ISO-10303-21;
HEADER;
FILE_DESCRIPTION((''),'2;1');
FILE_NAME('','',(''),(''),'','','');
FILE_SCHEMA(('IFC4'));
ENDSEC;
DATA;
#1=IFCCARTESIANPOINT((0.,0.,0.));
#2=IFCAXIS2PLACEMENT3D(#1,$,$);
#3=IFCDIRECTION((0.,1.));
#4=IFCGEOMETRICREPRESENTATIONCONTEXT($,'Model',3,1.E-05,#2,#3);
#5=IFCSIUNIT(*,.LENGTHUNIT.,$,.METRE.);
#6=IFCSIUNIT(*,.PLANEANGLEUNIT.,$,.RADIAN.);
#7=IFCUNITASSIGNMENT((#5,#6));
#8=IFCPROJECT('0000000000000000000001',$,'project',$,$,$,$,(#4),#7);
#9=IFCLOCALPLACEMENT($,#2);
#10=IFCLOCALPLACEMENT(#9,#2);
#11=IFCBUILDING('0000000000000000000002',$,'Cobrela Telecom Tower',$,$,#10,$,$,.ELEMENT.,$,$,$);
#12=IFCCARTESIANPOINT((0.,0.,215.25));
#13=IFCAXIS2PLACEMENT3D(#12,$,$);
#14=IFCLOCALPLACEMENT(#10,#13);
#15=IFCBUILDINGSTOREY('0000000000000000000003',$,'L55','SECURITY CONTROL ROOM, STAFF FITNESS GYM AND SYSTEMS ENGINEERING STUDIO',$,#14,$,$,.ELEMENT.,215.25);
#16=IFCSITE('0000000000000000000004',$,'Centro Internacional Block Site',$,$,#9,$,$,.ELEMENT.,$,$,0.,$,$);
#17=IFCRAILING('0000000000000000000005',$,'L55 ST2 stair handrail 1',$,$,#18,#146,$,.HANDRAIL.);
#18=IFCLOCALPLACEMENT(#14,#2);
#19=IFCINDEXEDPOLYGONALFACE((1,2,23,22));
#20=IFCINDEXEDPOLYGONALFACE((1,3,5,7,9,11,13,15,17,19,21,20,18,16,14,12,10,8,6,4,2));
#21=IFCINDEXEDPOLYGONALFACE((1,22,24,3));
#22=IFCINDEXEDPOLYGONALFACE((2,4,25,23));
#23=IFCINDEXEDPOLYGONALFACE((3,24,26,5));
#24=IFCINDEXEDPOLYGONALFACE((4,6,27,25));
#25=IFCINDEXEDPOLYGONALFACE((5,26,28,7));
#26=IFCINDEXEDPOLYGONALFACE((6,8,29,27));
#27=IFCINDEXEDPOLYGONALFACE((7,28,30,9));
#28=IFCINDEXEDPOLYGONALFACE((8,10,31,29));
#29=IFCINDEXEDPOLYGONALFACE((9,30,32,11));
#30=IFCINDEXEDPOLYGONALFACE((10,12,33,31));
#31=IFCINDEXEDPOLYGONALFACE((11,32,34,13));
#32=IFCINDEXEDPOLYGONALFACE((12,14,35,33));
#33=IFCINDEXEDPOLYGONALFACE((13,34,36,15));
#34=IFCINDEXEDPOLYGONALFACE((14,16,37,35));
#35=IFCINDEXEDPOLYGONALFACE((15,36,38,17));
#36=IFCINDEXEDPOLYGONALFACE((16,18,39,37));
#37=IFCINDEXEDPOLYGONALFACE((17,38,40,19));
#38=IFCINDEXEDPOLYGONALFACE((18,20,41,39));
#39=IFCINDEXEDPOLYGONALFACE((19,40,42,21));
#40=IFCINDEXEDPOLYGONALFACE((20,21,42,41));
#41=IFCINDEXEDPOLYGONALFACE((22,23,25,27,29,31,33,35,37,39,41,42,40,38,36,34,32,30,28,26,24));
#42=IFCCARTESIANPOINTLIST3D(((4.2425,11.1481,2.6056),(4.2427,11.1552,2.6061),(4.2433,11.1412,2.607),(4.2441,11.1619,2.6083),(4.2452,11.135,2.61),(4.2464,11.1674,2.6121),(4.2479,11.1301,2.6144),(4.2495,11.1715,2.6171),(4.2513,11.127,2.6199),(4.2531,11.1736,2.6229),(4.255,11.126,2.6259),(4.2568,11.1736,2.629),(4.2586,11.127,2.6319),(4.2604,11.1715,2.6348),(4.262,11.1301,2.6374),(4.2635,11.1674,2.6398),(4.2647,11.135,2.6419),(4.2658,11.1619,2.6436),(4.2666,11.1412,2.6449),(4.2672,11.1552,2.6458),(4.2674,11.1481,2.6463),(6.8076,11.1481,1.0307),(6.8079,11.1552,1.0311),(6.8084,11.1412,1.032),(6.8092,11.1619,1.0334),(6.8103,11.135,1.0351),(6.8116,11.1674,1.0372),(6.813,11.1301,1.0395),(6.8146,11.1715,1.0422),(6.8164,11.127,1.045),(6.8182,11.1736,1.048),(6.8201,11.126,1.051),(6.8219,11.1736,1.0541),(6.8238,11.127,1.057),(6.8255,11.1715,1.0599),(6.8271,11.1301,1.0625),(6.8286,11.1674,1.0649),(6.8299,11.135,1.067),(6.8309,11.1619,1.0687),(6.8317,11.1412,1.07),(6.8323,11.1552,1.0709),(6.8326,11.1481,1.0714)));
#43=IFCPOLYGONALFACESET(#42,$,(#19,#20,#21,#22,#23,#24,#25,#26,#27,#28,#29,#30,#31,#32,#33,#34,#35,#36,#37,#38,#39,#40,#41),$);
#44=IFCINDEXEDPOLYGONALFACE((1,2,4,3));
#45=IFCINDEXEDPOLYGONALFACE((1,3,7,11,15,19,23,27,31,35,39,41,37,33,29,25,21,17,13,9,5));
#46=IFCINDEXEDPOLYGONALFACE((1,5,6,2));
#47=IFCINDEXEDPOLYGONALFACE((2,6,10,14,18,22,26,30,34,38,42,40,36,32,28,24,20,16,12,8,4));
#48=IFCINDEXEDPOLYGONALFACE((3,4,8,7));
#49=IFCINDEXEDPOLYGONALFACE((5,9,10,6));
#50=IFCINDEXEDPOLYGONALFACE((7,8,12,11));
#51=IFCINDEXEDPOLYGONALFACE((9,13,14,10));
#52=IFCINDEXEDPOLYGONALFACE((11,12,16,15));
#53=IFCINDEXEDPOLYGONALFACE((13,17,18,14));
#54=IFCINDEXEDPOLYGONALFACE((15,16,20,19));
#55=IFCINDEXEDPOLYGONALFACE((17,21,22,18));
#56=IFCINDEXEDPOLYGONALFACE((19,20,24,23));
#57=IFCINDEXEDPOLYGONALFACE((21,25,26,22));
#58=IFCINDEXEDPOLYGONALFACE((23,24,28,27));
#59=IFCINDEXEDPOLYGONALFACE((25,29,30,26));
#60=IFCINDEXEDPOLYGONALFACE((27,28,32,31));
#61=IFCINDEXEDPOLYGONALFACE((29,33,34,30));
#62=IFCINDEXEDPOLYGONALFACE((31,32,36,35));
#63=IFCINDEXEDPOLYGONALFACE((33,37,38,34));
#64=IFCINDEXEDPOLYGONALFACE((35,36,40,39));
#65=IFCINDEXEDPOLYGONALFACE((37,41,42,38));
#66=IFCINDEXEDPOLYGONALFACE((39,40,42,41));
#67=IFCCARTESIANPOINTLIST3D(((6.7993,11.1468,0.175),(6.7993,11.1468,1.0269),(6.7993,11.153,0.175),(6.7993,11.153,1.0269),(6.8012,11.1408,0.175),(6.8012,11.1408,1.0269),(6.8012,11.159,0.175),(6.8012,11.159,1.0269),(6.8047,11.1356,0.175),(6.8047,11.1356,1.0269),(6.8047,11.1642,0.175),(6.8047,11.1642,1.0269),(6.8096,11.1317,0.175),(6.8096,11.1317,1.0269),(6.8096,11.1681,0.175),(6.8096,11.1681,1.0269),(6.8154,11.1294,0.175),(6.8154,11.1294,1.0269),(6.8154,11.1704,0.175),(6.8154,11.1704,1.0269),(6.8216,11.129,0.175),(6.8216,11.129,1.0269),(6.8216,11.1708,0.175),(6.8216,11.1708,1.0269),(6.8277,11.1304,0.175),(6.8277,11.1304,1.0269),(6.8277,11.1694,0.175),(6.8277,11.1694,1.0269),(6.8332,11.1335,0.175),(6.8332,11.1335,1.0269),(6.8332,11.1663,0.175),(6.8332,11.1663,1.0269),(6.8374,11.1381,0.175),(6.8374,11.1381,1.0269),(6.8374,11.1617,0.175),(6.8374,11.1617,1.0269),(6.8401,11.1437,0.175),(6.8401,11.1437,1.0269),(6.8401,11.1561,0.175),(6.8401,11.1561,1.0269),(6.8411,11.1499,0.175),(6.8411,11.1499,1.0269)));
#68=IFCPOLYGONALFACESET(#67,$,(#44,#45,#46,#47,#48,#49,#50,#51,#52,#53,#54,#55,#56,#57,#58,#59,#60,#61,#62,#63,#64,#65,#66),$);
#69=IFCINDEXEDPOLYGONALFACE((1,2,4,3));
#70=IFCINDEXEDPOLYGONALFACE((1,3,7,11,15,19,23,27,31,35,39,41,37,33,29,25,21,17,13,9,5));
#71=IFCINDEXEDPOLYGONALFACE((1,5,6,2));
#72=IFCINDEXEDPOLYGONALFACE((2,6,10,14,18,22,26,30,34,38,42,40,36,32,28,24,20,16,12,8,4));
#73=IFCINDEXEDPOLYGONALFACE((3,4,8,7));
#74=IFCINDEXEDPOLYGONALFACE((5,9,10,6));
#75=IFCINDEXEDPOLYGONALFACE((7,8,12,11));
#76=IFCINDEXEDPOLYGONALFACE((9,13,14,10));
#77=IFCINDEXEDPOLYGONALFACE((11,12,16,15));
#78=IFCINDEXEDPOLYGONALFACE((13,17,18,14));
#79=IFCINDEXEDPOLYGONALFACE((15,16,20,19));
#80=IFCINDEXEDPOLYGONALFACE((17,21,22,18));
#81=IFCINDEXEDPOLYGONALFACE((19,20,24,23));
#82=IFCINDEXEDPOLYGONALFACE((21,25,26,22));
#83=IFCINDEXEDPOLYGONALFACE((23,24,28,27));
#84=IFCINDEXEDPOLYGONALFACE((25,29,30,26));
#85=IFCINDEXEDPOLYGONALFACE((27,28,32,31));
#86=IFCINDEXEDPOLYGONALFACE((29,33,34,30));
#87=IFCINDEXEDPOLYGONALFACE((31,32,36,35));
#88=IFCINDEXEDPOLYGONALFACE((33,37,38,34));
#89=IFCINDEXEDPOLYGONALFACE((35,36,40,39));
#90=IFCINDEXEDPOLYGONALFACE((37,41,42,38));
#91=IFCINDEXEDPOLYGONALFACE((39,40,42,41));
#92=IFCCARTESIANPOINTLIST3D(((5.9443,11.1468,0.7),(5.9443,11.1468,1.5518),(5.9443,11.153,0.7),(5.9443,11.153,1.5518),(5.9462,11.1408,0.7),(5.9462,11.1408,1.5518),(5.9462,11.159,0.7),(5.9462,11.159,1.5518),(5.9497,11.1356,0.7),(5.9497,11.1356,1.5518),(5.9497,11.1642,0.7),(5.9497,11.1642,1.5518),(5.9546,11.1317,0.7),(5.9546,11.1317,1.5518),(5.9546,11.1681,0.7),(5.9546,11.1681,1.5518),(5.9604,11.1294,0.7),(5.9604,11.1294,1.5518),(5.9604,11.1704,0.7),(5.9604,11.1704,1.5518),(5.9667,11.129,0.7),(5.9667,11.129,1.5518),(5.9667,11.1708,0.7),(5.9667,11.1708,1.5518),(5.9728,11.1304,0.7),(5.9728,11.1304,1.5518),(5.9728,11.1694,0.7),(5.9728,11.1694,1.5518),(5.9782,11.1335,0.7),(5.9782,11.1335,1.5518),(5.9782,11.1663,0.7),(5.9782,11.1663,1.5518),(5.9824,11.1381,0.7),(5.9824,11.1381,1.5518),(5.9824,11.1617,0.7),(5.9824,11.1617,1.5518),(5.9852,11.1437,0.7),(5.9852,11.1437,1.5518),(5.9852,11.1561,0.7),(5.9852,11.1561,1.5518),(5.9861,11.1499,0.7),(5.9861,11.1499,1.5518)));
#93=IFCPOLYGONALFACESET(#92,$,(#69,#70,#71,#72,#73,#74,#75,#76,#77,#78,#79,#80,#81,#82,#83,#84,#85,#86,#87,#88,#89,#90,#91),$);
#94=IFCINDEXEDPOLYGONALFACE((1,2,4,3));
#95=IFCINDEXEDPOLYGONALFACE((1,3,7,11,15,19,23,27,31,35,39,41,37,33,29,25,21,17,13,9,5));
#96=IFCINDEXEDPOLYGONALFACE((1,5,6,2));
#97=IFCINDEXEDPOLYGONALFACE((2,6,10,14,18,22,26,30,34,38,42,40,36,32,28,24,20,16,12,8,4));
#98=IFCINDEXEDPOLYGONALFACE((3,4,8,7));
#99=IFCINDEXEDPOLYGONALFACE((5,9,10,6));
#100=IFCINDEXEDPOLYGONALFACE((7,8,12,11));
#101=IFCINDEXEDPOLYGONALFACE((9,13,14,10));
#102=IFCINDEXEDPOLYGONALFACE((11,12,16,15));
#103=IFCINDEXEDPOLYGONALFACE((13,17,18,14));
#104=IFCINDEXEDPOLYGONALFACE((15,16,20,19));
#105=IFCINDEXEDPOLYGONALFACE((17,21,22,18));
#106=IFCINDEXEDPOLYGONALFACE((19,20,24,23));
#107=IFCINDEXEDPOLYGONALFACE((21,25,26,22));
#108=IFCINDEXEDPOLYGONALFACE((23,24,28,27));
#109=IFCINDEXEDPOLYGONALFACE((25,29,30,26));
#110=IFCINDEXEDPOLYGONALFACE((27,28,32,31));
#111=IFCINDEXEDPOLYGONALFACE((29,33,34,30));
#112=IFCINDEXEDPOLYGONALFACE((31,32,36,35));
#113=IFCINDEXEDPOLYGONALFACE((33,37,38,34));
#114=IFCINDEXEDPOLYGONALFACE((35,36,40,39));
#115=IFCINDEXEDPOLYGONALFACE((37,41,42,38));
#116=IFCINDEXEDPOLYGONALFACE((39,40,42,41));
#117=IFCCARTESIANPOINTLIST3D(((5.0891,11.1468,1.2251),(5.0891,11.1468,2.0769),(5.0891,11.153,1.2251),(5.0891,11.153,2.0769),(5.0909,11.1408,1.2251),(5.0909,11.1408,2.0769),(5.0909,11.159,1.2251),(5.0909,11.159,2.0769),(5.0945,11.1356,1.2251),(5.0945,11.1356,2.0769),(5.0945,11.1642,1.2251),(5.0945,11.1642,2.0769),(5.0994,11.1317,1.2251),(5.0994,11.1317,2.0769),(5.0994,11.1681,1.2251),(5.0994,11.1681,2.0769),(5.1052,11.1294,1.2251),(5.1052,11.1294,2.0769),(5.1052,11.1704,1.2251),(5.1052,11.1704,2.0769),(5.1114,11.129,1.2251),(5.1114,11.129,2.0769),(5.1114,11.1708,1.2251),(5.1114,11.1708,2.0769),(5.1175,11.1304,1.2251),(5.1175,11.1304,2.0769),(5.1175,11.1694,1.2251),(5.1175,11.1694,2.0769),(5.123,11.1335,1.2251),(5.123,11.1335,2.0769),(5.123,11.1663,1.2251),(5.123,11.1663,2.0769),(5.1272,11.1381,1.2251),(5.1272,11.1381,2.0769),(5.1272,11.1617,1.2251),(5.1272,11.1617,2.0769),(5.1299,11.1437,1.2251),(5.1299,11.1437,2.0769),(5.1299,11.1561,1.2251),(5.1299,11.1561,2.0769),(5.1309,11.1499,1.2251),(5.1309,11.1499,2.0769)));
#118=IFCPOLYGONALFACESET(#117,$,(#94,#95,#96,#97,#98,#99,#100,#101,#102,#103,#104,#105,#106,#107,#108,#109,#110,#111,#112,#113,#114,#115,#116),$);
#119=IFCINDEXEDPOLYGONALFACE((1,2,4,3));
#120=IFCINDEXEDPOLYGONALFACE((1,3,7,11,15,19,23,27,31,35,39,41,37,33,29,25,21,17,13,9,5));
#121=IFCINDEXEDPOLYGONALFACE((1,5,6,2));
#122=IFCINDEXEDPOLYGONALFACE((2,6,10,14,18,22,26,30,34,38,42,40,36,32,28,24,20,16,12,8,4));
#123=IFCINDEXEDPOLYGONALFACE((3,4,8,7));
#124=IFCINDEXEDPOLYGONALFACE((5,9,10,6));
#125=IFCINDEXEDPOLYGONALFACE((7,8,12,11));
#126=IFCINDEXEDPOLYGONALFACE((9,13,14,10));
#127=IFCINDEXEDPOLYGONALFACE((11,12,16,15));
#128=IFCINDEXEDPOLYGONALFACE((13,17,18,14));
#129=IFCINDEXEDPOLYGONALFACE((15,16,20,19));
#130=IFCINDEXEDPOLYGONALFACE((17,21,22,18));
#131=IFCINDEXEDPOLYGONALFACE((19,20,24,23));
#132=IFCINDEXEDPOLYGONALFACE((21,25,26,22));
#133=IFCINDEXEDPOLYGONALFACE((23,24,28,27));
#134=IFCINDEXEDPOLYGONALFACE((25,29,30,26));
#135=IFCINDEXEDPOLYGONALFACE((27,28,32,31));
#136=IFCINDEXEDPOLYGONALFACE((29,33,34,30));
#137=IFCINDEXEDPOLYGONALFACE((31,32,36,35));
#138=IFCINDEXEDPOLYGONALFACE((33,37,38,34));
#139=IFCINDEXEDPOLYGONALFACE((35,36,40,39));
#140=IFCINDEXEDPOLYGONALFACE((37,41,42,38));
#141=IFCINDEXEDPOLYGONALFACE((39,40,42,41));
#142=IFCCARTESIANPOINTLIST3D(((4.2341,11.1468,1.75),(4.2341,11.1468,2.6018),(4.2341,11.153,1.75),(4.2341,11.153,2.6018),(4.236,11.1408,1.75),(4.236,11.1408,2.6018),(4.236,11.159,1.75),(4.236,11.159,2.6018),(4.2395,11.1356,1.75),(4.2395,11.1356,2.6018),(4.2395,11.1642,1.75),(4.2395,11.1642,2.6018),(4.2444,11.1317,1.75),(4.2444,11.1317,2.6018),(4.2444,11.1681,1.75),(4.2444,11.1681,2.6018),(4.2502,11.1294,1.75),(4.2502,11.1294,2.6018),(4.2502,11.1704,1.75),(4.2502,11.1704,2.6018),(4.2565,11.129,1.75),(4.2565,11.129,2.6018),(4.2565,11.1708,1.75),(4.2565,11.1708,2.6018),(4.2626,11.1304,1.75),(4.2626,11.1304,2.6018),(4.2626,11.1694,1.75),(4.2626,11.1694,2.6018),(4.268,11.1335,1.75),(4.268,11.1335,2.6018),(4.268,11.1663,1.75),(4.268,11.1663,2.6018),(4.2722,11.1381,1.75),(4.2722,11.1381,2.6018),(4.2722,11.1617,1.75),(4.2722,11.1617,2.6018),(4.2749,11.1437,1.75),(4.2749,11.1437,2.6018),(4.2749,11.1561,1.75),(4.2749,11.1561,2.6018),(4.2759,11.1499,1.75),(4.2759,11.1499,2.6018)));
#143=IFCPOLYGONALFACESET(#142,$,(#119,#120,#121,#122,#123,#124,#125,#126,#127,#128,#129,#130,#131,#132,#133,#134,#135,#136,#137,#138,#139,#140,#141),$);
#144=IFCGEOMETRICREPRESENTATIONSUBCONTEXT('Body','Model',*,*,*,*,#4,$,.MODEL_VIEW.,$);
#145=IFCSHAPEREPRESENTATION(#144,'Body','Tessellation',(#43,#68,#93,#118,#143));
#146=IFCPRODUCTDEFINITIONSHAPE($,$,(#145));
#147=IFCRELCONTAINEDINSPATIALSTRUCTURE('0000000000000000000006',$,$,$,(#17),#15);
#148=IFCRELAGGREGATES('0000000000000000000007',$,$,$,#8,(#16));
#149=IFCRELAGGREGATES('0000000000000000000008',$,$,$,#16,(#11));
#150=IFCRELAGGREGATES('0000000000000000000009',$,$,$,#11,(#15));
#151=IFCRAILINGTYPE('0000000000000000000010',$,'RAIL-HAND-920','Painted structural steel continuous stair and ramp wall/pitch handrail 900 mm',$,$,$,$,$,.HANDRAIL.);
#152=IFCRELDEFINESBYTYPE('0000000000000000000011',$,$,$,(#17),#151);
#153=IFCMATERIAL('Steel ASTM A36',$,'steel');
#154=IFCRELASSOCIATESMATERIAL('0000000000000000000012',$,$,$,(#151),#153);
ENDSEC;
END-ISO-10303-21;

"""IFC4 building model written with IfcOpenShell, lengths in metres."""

from ifc_helpers import new_model, si_unit, direction, frame, origin, origin_2d, place, context, subcontext, project, spatial, circle, extrude, material, type_object, element, save


model = new_model("IFC4")

# Units and contexts
model_context = context("Model", 3, precision=1e-05, world=origin(), true_north=direction((0.0, 1.0)))
body_context = subcontext(model_context, "Body", "Model", "MODEL_VIEW")
ifc_project = project(units=[si_unit("LENGTHUNIT", "METRE"), si_unit("PLANEANGLEUNIT", "RADIAN")], contexts=[model_context])

# Site, building, storey
site_placement = place(None, origin())
site = spatial("IfcSite", under=ifc_project, at=site_placement, Name="Centro Internacional Block Site", CompositionType="ELEMENT", RefElevation=0.0)
building_placement = place(site_placement, origin())
building = spatial("IfcBuilding", under=site, at=building_placement, Name="Cobrela Telecom Tower", CompositionType="ELEMENT")
storey_placement = place(building_placement, frame((0.0, 0.0, 215.25)))
storey = spatial("IfcBuildingStorey", under=building, at=storey_placement, Name="L55", Description="SECURITY CONTROL ROOM, STAFF FITNESS GYM AND SYSTEMS ENGINEERING STUDIO", CompositionType="ELEMENT", Elevation=215.25)

# Railing
ifc_material_1 = material(Name="Steel ASTM A36", Category="steel")
railing_type_1 = type_object("IfcRailingType", Name="RAIL-HAND-920", Description="Painted structural steel continuous stair and ramp wall/pitch handrail 900 mm", PredefinedType="HANDRAIL", material=ifc_material_1)
railing_1_placement = place(storey_placement, frame((6.8201, 11.1499, 0.175)))
element("IfcRailing", 1, at=railing_1_placement, inside=storey, type_object=railing_type_1, Name="L55 ST2 stair handrail 1", PredefinedType="HANDRAIL", context=body_context, shape_type="SweptSolid", body=[
    extrude(circle(Radius=0.0239, at=origin_2d()), frame((0.0, 0.0, 0.876), z_axis=(-0.852195, 0.0, 0.523224), x_axis=(0.0, -1.0, 0.0)), (0.0, 0.0, 1.0), 3.01),
    extrude(circle(Radius=0.021, at=origin_2d()), origin(), (0.0, 0.0, 1.0), 0.8518),
    extrude(circle(Radius=0.021, at=origin_2d()), frame((-0.855, 0.0, 0.5249)), (0.0, 0.0, 1.0), 0.8518),
    extrude(circle(Radius=0.021, at=origin_2d()), frame((-1.7102, 0.0, 1.05)), (0.0, 0.0, 1.0), 0.8518),
    extrude(circle(Radius=0.021, at=origin_2d()), frame((-2.5652, 0.0, 1.575)), (0.0, 0.0, 1.0), 0.8518),
])

save(model, "model.ifc")
